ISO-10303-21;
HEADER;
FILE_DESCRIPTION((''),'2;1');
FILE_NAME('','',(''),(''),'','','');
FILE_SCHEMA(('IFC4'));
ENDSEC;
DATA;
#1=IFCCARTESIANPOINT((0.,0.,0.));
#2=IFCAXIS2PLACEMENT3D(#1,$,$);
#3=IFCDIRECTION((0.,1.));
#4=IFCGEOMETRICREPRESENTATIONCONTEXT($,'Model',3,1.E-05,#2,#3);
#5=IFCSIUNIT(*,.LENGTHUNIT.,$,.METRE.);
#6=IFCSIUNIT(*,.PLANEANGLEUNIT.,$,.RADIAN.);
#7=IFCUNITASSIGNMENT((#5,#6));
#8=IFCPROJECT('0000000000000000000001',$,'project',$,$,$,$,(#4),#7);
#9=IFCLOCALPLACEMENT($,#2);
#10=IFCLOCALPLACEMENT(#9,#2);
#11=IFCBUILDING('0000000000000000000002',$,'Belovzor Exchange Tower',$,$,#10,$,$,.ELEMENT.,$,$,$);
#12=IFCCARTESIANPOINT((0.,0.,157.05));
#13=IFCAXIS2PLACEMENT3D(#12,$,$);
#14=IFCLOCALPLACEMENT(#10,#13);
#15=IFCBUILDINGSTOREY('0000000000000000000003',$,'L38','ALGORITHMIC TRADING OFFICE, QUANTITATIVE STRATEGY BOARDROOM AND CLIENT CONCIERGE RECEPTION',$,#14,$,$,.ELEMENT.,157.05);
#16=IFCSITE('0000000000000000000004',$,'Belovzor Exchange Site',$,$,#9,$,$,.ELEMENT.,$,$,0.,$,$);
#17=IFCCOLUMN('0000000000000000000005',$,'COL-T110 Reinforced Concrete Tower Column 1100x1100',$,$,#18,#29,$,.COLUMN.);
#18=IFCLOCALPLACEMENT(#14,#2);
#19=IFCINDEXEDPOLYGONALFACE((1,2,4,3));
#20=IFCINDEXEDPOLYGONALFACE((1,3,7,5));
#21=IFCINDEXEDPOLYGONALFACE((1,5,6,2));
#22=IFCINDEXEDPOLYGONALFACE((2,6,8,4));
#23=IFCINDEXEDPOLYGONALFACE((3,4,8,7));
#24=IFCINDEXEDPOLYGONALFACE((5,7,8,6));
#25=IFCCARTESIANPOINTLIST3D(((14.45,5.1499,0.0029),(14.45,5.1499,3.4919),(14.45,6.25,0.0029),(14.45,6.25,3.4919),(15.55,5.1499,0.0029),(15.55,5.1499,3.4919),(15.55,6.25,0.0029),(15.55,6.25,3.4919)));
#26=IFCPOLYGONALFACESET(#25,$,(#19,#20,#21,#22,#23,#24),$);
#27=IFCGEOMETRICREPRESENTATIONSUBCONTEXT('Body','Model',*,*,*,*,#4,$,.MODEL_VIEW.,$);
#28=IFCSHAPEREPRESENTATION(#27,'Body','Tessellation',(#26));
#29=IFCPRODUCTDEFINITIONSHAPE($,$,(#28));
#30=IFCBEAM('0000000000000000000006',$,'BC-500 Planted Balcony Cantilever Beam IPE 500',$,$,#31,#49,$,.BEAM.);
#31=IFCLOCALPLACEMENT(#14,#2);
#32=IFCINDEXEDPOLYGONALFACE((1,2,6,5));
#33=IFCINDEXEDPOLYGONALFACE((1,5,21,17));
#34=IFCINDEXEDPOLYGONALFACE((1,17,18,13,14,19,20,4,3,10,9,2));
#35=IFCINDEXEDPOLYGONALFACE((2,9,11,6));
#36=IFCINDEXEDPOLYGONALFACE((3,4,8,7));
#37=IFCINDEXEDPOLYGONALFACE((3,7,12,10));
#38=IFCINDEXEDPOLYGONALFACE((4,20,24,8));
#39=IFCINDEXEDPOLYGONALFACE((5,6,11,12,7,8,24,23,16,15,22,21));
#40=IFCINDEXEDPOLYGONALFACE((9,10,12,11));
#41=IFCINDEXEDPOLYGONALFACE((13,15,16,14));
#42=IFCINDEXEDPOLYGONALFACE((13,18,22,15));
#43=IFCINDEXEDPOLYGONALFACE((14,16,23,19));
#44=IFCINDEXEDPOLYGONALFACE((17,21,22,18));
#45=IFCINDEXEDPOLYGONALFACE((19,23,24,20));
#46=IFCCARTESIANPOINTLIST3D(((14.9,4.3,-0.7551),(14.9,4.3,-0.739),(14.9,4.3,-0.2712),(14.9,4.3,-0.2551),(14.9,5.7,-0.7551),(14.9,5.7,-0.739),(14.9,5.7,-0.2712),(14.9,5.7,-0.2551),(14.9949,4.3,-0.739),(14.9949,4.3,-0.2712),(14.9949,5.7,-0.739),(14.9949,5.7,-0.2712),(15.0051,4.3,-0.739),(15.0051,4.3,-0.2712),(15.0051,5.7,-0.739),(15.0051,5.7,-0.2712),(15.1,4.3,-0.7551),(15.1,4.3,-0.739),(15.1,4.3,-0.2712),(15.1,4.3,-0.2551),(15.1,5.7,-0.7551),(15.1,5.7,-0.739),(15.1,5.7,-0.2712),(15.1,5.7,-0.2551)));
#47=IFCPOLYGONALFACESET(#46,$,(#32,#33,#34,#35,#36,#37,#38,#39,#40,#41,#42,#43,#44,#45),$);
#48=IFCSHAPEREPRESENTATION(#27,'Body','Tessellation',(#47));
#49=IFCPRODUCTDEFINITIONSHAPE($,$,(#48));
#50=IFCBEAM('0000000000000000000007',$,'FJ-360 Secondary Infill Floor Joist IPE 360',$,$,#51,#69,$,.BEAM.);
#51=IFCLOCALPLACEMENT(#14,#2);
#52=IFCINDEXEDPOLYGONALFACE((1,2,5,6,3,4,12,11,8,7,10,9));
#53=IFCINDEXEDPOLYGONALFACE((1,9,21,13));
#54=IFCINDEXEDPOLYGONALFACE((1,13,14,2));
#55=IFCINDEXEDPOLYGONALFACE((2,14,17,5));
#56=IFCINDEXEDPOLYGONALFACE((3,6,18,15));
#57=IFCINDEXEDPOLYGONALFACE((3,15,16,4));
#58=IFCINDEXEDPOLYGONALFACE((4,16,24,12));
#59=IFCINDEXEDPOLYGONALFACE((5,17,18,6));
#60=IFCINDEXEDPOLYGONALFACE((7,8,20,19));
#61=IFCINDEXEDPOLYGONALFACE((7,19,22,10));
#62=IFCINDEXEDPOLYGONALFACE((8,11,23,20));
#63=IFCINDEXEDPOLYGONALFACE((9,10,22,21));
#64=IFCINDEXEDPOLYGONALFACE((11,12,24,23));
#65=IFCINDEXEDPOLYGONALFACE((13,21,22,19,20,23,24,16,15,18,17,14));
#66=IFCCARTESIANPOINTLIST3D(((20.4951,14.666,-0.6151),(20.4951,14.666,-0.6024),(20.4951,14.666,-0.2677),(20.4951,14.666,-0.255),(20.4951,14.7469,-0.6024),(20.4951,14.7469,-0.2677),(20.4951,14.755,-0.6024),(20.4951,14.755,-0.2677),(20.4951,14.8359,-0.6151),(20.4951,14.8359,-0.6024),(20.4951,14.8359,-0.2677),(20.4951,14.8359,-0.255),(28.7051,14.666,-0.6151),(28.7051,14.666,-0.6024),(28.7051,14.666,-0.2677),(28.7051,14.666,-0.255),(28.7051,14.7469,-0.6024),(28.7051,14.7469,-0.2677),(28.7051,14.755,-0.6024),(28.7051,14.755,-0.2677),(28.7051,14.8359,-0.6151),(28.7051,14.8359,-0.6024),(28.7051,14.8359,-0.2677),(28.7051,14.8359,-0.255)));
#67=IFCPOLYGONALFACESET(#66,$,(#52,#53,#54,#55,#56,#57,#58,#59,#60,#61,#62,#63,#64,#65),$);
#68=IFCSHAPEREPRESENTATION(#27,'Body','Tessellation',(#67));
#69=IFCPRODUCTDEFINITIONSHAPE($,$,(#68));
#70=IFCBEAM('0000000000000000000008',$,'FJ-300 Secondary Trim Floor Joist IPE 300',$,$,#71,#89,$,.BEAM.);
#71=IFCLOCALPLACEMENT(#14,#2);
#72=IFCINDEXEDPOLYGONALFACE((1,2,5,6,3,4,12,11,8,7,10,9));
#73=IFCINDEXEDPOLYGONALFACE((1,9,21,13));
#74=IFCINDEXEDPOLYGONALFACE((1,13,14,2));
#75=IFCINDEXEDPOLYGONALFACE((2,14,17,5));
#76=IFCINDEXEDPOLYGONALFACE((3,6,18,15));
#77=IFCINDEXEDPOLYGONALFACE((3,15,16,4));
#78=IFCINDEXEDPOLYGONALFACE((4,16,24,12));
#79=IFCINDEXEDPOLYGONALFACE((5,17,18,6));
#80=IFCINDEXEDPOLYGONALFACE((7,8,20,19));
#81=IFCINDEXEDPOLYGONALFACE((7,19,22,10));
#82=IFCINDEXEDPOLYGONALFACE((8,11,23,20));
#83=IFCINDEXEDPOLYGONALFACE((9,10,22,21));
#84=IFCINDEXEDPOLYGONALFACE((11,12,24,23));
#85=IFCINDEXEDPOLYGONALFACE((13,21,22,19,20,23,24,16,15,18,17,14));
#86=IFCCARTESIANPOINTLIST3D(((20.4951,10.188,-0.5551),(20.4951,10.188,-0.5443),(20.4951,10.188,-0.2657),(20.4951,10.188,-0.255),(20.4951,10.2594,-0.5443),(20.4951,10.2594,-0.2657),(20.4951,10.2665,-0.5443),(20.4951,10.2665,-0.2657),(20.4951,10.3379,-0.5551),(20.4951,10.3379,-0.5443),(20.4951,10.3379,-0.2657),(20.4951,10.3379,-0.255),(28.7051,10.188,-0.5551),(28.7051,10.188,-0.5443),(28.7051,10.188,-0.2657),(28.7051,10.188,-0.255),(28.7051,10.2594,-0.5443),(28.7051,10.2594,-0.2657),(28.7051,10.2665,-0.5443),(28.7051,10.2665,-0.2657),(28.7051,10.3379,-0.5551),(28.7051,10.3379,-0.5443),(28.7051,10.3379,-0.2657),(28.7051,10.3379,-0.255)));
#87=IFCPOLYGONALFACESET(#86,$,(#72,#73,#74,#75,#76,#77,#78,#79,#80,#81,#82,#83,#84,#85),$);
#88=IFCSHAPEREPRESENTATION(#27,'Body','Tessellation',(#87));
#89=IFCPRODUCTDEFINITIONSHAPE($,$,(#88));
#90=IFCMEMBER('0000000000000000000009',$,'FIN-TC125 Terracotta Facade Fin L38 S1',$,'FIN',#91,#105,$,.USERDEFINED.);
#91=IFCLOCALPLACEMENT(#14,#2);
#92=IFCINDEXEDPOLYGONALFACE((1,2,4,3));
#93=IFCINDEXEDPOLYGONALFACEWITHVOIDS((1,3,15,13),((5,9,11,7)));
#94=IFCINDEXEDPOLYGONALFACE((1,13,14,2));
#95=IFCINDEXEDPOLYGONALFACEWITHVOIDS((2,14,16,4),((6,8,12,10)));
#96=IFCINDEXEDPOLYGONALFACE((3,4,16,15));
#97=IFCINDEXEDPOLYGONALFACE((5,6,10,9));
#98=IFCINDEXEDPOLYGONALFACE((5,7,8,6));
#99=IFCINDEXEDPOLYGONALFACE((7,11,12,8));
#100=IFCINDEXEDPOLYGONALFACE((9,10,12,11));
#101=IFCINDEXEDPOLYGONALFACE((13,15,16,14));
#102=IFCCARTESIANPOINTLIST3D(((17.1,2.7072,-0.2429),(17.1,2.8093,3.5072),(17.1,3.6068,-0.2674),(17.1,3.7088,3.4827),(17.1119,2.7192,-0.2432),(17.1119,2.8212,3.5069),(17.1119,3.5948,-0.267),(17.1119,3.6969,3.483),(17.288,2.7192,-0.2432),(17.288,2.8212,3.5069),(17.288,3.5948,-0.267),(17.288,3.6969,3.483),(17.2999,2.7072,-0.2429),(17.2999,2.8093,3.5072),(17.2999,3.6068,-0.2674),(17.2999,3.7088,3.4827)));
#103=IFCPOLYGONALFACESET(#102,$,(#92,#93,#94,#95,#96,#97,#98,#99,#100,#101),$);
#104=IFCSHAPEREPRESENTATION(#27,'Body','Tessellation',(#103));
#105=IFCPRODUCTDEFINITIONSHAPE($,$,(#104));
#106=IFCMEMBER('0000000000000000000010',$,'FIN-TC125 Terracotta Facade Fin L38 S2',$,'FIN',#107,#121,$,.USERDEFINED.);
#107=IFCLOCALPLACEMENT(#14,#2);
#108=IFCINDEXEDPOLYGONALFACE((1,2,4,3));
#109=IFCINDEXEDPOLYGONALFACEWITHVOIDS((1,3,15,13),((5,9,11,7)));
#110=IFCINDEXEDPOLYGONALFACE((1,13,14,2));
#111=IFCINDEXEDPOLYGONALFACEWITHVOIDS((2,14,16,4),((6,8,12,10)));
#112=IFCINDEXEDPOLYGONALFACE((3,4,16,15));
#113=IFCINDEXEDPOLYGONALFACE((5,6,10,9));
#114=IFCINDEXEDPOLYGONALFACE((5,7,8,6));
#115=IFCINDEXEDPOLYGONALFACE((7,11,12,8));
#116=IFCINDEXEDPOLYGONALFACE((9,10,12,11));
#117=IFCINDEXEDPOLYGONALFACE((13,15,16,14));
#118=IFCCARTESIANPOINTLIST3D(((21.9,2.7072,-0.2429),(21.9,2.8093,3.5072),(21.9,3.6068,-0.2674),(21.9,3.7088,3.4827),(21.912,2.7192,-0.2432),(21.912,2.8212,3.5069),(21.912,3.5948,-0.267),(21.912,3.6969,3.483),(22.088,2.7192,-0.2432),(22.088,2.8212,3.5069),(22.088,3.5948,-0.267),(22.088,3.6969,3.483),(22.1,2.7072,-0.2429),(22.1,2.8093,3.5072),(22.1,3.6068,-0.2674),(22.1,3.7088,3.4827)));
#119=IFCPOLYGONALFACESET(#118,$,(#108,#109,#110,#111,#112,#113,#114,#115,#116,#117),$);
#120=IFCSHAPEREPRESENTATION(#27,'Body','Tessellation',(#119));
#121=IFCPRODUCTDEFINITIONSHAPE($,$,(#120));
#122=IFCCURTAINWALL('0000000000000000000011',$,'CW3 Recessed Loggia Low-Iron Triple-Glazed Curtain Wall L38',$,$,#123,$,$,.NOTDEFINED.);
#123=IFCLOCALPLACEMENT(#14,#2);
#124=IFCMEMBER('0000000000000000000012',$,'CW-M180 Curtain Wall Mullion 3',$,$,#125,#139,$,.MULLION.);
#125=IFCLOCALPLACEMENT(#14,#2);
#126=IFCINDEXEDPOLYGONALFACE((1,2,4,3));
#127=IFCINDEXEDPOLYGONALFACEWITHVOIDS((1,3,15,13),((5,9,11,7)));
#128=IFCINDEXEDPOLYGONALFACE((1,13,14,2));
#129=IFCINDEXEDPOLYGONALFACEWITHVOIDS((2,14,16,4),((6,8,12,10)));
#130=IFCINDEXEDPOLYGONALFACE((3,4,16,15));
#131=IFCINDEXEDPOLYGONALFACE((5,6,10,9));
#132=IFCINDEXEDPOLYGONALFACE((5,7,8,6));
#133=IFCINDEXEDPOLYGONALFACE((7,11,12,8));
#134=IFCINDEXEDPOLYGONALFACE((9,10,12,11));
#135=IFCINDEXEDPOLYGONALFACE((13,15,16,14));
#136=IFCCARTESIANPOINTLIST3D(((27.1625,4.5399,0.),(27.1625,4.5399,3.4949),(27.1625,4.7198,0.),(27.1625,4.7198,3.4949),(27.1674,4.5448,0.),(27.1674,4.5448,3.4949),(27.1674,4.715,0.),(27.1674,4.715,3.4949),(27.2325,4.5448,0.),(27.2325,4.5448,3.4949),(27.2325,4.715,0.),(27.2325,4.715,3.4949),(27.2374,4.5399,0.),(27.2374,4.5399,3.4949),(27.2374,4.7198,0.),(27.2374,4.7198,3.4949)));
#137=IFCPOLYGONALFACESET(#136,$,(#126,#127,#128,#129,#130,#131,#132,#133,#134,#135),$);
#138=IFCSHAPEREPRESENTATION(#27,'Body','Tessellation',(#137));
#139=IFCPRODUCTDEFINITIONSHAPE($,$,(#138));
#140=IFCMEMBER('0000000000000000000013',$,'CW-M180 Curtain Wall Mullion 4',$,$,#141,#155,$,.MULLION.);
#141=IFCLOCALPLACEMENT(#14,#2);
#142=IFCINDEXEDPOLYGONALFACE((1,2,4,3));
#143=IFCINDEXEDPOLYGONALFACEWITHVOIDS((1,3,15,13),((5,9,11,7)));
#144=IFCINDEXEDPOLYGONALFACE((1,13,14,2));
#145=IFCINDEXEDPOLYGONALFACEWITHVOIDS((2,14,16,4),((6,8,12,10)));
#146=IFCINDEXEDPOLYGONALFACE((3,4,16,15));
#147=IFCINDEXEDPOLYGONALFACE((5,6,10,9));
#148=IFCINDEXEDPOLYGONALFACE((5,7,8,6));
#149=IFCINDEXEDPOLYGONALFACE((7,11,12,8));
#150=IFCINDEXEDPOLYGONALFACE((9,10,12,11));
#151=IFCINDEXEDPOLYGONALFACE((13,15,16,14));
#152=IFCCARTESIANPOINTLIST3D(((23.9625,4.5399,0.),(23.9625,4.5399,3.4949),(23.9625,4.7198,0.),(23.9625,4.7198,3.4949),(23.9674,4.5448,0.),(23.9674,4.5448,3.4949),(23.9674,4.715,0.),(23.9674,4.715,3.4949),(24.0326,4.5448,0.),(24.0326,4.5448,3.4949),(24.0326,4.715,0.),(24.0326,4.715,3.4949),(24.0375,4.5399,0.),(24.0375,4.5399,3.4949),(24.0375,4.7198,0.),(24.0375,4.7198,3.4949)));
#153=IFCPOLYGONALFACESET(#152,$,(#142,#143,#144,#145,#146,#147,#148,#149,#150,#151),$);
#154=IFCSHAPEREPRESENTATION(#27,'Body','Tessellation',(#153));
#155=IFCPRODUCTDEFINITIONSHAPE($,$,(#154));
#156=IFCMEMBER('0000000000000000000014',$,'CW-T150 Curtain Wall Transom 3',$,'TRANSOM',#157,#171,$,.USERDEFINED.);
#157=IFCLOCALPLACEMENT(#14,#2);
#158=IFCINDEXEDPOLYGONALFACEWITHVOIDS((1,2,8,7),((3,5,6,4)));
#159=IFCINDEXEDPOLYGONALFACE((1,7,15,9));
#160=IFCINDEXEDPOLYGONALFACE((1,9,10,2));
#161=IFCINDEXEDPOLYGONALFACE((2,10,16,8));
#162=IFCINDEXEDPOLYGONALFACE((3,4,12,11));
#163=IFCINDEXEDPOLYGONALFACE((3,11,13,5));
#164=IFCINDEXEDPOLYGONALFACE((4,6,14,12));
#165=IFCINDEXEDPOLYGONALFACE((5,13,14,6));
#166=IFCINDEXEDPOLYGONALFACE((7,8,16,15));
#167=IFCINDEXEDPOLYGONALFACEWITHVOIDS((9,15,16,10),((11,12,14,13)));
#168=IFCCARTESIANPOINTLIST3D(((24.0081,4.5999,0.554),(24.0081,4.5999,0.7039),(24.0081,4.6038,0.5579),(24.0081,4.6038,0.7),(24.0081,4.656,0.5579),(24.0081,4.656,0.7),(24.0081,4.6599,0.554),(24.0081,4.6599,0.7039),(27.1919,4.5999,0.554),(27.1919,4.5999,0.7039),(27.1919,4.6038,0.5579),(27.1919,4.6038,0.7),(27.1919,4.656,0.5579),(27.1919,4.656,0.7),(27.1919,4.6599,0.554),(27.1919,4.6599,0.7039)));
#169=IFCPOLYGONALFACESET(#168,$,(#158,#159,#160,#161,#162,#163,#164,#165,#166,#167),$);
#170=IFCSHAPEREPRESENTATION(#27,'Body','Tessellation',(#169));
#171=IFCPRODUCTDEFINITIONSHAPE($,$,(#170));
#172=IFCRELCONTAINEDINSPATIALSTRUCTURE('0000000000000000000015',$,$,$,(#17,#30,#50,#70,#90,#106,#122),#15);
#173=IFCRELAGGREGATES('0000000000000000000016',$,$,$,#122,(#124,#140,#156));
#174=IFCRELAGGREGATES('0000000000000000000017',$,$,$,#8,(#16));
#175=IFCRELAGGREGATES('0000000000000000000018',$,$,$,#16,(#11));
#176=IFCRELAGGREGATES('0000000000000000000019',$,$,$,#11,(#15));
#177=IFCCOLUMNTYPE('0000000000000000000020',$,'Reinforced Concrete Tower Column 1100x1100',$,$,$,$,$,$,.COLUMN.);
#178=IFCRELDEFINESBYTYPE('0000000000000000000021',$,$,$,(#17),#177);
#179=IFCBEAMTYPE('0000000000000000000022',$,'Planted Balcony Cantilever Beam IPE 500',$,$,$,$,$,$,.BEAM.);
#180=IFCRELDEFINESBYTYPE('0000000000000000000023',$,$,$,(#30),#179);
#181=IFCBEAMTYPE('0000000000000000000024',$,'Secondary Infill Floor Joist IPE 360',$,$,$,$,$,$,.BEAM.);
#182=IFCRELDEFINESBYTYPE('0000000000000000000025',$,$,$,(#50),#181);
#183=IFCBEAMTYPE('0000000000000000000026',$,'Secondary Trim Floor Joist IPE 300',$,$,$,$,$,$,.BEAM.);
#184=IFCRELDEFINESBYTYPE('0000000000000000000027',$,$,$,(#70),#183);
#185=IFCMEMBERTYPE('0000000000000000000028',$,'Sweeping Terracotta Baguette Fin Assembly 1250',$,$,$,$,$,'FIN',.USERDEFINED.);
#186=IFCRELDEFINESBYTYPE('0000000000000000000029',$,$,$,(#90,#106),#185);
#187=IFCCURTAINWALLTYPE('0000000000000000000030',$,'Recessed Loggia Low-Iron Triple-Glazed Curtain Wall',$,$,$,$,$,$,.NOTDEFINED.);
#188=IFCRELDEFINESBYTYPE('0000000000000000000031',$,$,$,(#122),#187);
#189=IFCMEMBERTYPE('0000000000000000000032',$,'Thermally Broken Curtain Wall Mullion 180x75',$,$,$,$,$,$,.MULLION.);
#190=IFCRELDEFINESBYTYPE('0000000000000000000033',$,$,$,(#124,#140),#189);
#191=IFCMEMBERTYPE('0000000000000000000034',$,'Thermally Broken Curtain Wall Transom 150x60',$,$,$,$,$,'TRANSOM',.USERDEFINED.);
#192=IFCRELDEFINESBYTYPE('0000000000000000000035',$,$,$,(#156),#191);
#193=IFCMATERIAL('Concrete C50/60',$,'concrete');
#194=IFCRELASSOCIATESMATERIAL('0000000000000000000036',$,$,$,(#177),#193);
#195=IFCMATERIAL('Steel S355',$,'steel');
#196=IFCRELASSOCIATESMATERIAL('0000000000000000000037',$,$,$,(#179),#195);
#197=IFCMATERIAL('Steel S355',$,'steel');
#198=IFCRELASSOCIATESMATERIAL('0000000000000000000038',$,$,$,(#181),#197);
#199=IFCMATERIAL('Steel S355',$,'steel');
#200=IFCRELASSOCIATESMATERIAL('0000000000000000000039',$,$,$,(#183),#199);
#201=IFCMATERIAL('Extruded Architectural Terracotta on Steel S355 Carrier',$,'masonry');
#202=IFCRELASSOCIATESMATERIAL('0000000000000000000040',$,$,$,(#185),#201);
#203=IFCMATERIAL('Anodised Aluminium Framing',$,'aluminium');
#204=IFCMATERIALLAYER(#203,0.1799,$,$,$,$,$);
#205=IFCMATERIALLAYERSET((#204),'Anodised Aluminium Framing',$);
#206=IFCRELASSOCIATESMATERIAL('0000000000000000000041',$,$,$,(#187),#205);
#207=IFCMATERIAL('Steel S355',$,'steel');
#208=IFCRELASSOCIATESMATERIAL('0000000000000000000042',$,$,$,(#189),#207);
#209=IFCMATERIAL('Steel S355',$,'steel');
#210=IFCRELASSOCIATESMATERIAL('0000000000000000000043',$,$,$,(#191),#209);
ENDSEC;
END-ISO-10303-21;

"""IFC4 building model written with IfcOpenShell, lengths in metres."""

from ifc_helpers import new_model, si_unit, direction, frame, origin, origin_2d, place, context, subcontext, project, spatial, rectangle, hollow_rectangle, i_section, extrude, material, layer, layer_set, material_profile, profile_set, type_object, element, aggregate, save


model = new_model("IFC4")

# Units and contexts
model_context = context("Model", 3, precision=1e-05, world=origin(), true_north=direction((0.0, 1.0)))
body_context = subcontext(model_context, "Body", "Model", "MODEL_VIEW")
ifc_project = project(units=[si_unit("LENGTHUNIT", "METRE"), si_unit("PLANEANGLEUNIT", "RADIAN")], contexts=[model_context])

# Site, building, storey
site_placement = place(None, origin())
site = spatial("IfcSite", under=ifc_project, at=site_placement, Name="Belovzor Exchange Site", CompositionType="ELEMENT", RefElevation=0.0)
building_placement = place(site_placement, origin())
building = spatial("IfcBuilding", under=site, at=building_placement, Name="Belovzor Exchange Tower", CompositionType="ELEMENT")
storey_placement = place(building_placement, frame((0.0, 0.0, 157.05)))
storey = spatial("IfcBuildingStorey", under=building, at=storey_placement, Name="L38", Description="ALGORITHMIC TRADING OFFICE, QUANTITATIVE STRATEGY BOARDROOM AND CLIENT CONCIERGE RECEPTION", CompositionType="ELEMENT", Elevation=157.05)

# Column
ifc_material_1 = material(Name="Concrete C50/60", Category="concrete")
ifc_material_profile_1 = material_profile(ifc_material_1, rectangle(XDim=1.1001, YDim=1.1001, at=origin_2d()))
ifc_profile_set_1 = profile_set([ifc_material_profile_1], Name="Concrete C50/60")
column_type = type_object("IfcColumnType", Name="Reinforced Concrete Tower Column 1100x1100", PredefinedType="COLUMN", material=ifc_profile_set_1)
column_placement = place(storey_placement, frame((15.0, 5.7, 0.0029), z_axis=(0.0, 0.0, 1.0), x_axis=(1.0, 0.0, 0.0)))
element("IfcColumn", 1, at=column_placement, inside=storey, type_object=column_type, Name="COL-T110 Reinforced Concrete Tower Column 1100x1100", PredefinedType="COLUMN", context=body_context, shape_type="SweptSolid", body=[
    extrude(rectangle(XDim=1.1001, YDim=1.1001, at=origin_2d()), origin(), (0.0, 0.0, 1.0), 3.489),
])

# Beams
ifc_material_2 = material(Name="Steel S355", Category="steel")
ifc_material_profile_2 = material_profile(ifc_material_2, i_section(OverallWidth=0.2, OverallDepth=0.5, WebThickness=0.0103, FlangeThickness=0.0161, at=origin_2d()))
ifc_profile_set_2 = profile_set([ifc_material_profile_2], Name="Steel S355")
beam_type_1 = type_object("IfcBeamType", Name="Planted Balcony Cantilever Beam IPE 500", PredefinedType="BEAM", material=ifc_profile_set_2)
beam_1_placement = place(storey_placement, frame((15.0, 5.7, -0.5051), z_axis=(0.0, -1.0, 0.0), x_axis=(1.0, 0.0, 0.0)))
element("IfcBeam", 2, at=beam_1_placement, inside=storey, type_object=beam_type_1, Name="BC-500 Planted Balcony Cantilever Beam IPE 500", PredefinedType="BEAM", context=body_context, shape_type="SweptSolid", body=[
    extrude(i_section(OverallWidth=0.2, OverallDepth=0.5, WebThickness=0.0103, FlangeThickness=0.0161, at=origin_2d()), origin(), (0.0, 0.0, 1.0), 1.3999),
])
ifc_material_3 = material(Name="Steel S355", Category="steel")
ifc_material_profile_3 = material_profile(ifc_material_3, i_section(OverallWidth=0.1699, OverallDepth=0.3601, WebThickness=0.0081, FlangeThickness=0.0127, at=origin_2d()))
ifc_profile_set_3 = profile_set([ifc_material_profile_3], Name="Steel S355")
beam_type_2 = type_object("IfcBeamType", Name="Secondary Infill Floor Joist IPE 360", PredefinedType="BEAM", material=ifc_profile_set_3)
beam_2_placement = place(storey_placement, frame((20.4951, 14.751, -0.4351), z_axis=(1.0, 0.0, 0.0), x_axis=(0.0, 1.0, 0.0)))
element("IfcBeam", 3, at=beam_2_placement, inside=storey, type_object=beam_type_2, Name="FJ-360 Secondary Infill Floor Joist IPE 360", PredefinedType="BEAM", context=body_context, shape_type="SweptSolid", body=[
    extrude(i_section(OverallWidth=0.1699, OverallDepth=0.3601, WebThickness=0.0081, FlangeThickness=0.0127, at=origin_2d()), origin(), (0.0, 0.0, 1.0), 8.21),
])
ifc_material_4 = material(Name="Steel S355", Category="steel")
ifc_material_profile_4 = material_profile(ifc_material_4, i_section(OverallWidth=0.1499, OverallDepth=0.3, WebThickness=0.0071, FlangeThickness=0.0107, at=origin_2d()))
ifc_profile_set_4 = profile_set([ifc_material_profile_4], Name="Steel S355")
beam_type_3 = type_object("IfcBeamType", Name="Secondary Trim Floor Joist IPE 300", PredefinedType="BEAM", material=ifc_profile_set_4)
beam_3_placement = place(storey_placement, frame((20.4951, 10.2629, -0.405), z_axis=(1.0, 0.0, 0.0), x_axis=(0.0, 1.0, 0.0)))
element("IfcBeam", 4, at=beam_3_placement, inside=storey, type_object=beam_type_3, Name="FJ-300 Secondary Trim Floor Joist IPE 300", PredefinedType="BEAM", context=body_context, shape_type="SweptSolid", body=[
    extrude(i_section(OverallWidth=0.1499, OverallDepth=0.3, WebThickness=0.0071, FlangeThickness=0.0107, at=origin_2d()), origin(), (0.0, 0.0, 1.0), 8.21),
])

# Members
ifc_material_5 = material(Name="Extruded Architectural Terracotta on Steel S355 Carrier", Category="masonry")
ifc_material_profile_5 = material_profile(ifc_material_5, hollow_rectangle(XDim=0.2, YDim=0.8999, WallThickness=0.012, at=origin_2d()))
ifc_profile_set_5 = profile_set([ifc_material_profile_5], Name="Extruded Architectural Terracotta on Steel S355 Carrier")
member_type_1 = type_object("IfcMemberType", Name="Sweeping Terracotta Baguette Fin Assembly 1250", ElementType="FIN", PredefinedType="USERDEFINED", material=ifc_profile_set_5)
for number, where, z_axis, x_axis, name in (
    (5, (17.2, 3.157, -0.2551), (0.0, 0.027203, 0.99963), (-1.0, 0.0, 0.0), "FIN-TC125 Terracotta Facade Fin L38 S1"),
    (6, (22.0, 3.157, -0.2551), (0.0, 0.027203, 0.99963), (-1.0, 0.0, 0.0), "FIN-TC125 Terracotta Facade Fin L38 S2"),
):
    element("IfcMember", number, at=place(storey_placement, frame(where, z_axis=z_axis, x_axis=x_axis)), inside=storey, type_object=member_type_1, Name=name, ObjectType="FIN", PredefinedType="USERDEFINED", context=body_context, shape_type="SweptSolid", body=[
        extrude(hollow_rectangle(XDim=0.2, YDim=0.8999, WallThickness=0.012, at=origin_2d()), origin(), (0.0, 0.0, 1.0), 3.7515),
    ])

# Curtain wall, members
ifc_material_6 = material(Name="Anodised Aluminium Framing", Category="aluminium")
ifc_layer_1 = layer(ifc_material_6, 0.1799)
ifc_layer_set_1 = layer_set([ifc_layer_1], Name="Anodised Aluminium Framing")
curtain_wall_type = type_object("IfcCurtainWallType", Name="Recessed Loggia Low-Iron Triple-Glazed Curtain Wall", PredefinedType="NOTDEFINED", material=ifc_layer_set_1)
curtain_wall_placement = place(storey_placement, origin())
curtain_wall = element("IfcCurtainWall", 7, at=curtain_wall_placement, inside=storey, type_object=curtain_wall_type, Name="CW3 Recessed Loggia Low-Iron Triple-Glazed Curtain Wall L38", PredefinedType="NOTDEFINED")
ifc_material_7 = material(Name="Steel S355", Category="steel")
ifc_material_profile_6 = material_profile(ifc_material_7, hollow_rectangle(XDim=0.075, YDim=0.1799, WallThickness=0.0049, at=origin_2d()))
ifc_profile_set_6 = profile_set([ifc_material_profile_6], Name="Steel S355")
member_type_2 = type_object("IfcMemberType", Name="Thermally Broken Curtain Wall Mullion 180x75", PredefinedType="MULLION", material=ifc_profile_set_6)
member_1_placement = place(storey_placement, frame((27.2, 4.6299, 0.0), z_axis=(0.0, 0.0, 1.0), x_axis=(-1.0, 0.0, 0.0)))
member_1 = element("IfcMember", 8, at=member_1_placement, type_object=member_type_2, Name="CW-M180 Curtain Wall Mullion 3", PredefinedType="MULLION", context=body_context, shape_type="SweptSolid", body=[
    extrude(hollow_rectangle(XDim=0.075, YDim=0.1799, WallThickness=0.0049, at=origin_2d()), origin(), (0.0, 0.0, 1.0), 3.4949),
])
member_2_placement = place(storey_placement, frame((24.0, 4.6299, 0.0), z_axis=(0.0, 0.0, 1.0), x_axis=(-1.0, 0.0, 0.0)))
member_2 = element("IfcMember", 9, at=member_2_placement, type_object=member_type_2, Name="CW-M180 Curtain Wall Mullion 4", PredefinedType="MULLION", context=body_context, shape_type="SweptSolid", body=[
    extrude(hollow_rectangle(XDim=0.075, YDim=0.1799, WallThickness=0.0049, at=origin_2d()), origin(), (0.0, 0.0, 1.0), 3.4949),
])
ifc_material_8 = material(Name="Steel S355", Category="steel")
ifc_material_profile_7 = material_profile(ifc_material_8, hollow_rectangle(XDim=0.0601, YDim=0.1499, WallThickness=0.0039, at=origin_2d()))
ifc_profile_set_7 = profile_set([ifc_material_profile_7], Name="Steel S355")
member_type_3 = type_object("IfcMemberType", Name="Thermally Broken Curtain Wall Transom 150x60", ElementType="TRANSOM", PredefinedType="USERDEFINED", material=ifc_profile_set_7)
member_3_placement = place(storey_placement, frame((27.1919, 4.6299, 0.6289), z_axis=(-1.0, 0.0, 0.0), x_axis=(0.0, -1.0, 0.0)))
member_3 = element("IfcMember", 10, at=member_3_placement, type_object=member_type_3, Name="CW-T150 Curtain Wall Transom 3", ObjectType="TRANSOM", PredefinedType="USERDEFINED", context=body_context, shape_type="SweptSolid", body=[
    extrude(hollow_rectangle(XDim=0.0601, YDim=0.1499, WallThickness=0.0039, at=origin_2d()), origin(), (0.0, 0.0, 1.0), 3.1838),
])

aggregate(curtain_wall, [member_1, member_2, member_3])

save(model, "model.ifc")
